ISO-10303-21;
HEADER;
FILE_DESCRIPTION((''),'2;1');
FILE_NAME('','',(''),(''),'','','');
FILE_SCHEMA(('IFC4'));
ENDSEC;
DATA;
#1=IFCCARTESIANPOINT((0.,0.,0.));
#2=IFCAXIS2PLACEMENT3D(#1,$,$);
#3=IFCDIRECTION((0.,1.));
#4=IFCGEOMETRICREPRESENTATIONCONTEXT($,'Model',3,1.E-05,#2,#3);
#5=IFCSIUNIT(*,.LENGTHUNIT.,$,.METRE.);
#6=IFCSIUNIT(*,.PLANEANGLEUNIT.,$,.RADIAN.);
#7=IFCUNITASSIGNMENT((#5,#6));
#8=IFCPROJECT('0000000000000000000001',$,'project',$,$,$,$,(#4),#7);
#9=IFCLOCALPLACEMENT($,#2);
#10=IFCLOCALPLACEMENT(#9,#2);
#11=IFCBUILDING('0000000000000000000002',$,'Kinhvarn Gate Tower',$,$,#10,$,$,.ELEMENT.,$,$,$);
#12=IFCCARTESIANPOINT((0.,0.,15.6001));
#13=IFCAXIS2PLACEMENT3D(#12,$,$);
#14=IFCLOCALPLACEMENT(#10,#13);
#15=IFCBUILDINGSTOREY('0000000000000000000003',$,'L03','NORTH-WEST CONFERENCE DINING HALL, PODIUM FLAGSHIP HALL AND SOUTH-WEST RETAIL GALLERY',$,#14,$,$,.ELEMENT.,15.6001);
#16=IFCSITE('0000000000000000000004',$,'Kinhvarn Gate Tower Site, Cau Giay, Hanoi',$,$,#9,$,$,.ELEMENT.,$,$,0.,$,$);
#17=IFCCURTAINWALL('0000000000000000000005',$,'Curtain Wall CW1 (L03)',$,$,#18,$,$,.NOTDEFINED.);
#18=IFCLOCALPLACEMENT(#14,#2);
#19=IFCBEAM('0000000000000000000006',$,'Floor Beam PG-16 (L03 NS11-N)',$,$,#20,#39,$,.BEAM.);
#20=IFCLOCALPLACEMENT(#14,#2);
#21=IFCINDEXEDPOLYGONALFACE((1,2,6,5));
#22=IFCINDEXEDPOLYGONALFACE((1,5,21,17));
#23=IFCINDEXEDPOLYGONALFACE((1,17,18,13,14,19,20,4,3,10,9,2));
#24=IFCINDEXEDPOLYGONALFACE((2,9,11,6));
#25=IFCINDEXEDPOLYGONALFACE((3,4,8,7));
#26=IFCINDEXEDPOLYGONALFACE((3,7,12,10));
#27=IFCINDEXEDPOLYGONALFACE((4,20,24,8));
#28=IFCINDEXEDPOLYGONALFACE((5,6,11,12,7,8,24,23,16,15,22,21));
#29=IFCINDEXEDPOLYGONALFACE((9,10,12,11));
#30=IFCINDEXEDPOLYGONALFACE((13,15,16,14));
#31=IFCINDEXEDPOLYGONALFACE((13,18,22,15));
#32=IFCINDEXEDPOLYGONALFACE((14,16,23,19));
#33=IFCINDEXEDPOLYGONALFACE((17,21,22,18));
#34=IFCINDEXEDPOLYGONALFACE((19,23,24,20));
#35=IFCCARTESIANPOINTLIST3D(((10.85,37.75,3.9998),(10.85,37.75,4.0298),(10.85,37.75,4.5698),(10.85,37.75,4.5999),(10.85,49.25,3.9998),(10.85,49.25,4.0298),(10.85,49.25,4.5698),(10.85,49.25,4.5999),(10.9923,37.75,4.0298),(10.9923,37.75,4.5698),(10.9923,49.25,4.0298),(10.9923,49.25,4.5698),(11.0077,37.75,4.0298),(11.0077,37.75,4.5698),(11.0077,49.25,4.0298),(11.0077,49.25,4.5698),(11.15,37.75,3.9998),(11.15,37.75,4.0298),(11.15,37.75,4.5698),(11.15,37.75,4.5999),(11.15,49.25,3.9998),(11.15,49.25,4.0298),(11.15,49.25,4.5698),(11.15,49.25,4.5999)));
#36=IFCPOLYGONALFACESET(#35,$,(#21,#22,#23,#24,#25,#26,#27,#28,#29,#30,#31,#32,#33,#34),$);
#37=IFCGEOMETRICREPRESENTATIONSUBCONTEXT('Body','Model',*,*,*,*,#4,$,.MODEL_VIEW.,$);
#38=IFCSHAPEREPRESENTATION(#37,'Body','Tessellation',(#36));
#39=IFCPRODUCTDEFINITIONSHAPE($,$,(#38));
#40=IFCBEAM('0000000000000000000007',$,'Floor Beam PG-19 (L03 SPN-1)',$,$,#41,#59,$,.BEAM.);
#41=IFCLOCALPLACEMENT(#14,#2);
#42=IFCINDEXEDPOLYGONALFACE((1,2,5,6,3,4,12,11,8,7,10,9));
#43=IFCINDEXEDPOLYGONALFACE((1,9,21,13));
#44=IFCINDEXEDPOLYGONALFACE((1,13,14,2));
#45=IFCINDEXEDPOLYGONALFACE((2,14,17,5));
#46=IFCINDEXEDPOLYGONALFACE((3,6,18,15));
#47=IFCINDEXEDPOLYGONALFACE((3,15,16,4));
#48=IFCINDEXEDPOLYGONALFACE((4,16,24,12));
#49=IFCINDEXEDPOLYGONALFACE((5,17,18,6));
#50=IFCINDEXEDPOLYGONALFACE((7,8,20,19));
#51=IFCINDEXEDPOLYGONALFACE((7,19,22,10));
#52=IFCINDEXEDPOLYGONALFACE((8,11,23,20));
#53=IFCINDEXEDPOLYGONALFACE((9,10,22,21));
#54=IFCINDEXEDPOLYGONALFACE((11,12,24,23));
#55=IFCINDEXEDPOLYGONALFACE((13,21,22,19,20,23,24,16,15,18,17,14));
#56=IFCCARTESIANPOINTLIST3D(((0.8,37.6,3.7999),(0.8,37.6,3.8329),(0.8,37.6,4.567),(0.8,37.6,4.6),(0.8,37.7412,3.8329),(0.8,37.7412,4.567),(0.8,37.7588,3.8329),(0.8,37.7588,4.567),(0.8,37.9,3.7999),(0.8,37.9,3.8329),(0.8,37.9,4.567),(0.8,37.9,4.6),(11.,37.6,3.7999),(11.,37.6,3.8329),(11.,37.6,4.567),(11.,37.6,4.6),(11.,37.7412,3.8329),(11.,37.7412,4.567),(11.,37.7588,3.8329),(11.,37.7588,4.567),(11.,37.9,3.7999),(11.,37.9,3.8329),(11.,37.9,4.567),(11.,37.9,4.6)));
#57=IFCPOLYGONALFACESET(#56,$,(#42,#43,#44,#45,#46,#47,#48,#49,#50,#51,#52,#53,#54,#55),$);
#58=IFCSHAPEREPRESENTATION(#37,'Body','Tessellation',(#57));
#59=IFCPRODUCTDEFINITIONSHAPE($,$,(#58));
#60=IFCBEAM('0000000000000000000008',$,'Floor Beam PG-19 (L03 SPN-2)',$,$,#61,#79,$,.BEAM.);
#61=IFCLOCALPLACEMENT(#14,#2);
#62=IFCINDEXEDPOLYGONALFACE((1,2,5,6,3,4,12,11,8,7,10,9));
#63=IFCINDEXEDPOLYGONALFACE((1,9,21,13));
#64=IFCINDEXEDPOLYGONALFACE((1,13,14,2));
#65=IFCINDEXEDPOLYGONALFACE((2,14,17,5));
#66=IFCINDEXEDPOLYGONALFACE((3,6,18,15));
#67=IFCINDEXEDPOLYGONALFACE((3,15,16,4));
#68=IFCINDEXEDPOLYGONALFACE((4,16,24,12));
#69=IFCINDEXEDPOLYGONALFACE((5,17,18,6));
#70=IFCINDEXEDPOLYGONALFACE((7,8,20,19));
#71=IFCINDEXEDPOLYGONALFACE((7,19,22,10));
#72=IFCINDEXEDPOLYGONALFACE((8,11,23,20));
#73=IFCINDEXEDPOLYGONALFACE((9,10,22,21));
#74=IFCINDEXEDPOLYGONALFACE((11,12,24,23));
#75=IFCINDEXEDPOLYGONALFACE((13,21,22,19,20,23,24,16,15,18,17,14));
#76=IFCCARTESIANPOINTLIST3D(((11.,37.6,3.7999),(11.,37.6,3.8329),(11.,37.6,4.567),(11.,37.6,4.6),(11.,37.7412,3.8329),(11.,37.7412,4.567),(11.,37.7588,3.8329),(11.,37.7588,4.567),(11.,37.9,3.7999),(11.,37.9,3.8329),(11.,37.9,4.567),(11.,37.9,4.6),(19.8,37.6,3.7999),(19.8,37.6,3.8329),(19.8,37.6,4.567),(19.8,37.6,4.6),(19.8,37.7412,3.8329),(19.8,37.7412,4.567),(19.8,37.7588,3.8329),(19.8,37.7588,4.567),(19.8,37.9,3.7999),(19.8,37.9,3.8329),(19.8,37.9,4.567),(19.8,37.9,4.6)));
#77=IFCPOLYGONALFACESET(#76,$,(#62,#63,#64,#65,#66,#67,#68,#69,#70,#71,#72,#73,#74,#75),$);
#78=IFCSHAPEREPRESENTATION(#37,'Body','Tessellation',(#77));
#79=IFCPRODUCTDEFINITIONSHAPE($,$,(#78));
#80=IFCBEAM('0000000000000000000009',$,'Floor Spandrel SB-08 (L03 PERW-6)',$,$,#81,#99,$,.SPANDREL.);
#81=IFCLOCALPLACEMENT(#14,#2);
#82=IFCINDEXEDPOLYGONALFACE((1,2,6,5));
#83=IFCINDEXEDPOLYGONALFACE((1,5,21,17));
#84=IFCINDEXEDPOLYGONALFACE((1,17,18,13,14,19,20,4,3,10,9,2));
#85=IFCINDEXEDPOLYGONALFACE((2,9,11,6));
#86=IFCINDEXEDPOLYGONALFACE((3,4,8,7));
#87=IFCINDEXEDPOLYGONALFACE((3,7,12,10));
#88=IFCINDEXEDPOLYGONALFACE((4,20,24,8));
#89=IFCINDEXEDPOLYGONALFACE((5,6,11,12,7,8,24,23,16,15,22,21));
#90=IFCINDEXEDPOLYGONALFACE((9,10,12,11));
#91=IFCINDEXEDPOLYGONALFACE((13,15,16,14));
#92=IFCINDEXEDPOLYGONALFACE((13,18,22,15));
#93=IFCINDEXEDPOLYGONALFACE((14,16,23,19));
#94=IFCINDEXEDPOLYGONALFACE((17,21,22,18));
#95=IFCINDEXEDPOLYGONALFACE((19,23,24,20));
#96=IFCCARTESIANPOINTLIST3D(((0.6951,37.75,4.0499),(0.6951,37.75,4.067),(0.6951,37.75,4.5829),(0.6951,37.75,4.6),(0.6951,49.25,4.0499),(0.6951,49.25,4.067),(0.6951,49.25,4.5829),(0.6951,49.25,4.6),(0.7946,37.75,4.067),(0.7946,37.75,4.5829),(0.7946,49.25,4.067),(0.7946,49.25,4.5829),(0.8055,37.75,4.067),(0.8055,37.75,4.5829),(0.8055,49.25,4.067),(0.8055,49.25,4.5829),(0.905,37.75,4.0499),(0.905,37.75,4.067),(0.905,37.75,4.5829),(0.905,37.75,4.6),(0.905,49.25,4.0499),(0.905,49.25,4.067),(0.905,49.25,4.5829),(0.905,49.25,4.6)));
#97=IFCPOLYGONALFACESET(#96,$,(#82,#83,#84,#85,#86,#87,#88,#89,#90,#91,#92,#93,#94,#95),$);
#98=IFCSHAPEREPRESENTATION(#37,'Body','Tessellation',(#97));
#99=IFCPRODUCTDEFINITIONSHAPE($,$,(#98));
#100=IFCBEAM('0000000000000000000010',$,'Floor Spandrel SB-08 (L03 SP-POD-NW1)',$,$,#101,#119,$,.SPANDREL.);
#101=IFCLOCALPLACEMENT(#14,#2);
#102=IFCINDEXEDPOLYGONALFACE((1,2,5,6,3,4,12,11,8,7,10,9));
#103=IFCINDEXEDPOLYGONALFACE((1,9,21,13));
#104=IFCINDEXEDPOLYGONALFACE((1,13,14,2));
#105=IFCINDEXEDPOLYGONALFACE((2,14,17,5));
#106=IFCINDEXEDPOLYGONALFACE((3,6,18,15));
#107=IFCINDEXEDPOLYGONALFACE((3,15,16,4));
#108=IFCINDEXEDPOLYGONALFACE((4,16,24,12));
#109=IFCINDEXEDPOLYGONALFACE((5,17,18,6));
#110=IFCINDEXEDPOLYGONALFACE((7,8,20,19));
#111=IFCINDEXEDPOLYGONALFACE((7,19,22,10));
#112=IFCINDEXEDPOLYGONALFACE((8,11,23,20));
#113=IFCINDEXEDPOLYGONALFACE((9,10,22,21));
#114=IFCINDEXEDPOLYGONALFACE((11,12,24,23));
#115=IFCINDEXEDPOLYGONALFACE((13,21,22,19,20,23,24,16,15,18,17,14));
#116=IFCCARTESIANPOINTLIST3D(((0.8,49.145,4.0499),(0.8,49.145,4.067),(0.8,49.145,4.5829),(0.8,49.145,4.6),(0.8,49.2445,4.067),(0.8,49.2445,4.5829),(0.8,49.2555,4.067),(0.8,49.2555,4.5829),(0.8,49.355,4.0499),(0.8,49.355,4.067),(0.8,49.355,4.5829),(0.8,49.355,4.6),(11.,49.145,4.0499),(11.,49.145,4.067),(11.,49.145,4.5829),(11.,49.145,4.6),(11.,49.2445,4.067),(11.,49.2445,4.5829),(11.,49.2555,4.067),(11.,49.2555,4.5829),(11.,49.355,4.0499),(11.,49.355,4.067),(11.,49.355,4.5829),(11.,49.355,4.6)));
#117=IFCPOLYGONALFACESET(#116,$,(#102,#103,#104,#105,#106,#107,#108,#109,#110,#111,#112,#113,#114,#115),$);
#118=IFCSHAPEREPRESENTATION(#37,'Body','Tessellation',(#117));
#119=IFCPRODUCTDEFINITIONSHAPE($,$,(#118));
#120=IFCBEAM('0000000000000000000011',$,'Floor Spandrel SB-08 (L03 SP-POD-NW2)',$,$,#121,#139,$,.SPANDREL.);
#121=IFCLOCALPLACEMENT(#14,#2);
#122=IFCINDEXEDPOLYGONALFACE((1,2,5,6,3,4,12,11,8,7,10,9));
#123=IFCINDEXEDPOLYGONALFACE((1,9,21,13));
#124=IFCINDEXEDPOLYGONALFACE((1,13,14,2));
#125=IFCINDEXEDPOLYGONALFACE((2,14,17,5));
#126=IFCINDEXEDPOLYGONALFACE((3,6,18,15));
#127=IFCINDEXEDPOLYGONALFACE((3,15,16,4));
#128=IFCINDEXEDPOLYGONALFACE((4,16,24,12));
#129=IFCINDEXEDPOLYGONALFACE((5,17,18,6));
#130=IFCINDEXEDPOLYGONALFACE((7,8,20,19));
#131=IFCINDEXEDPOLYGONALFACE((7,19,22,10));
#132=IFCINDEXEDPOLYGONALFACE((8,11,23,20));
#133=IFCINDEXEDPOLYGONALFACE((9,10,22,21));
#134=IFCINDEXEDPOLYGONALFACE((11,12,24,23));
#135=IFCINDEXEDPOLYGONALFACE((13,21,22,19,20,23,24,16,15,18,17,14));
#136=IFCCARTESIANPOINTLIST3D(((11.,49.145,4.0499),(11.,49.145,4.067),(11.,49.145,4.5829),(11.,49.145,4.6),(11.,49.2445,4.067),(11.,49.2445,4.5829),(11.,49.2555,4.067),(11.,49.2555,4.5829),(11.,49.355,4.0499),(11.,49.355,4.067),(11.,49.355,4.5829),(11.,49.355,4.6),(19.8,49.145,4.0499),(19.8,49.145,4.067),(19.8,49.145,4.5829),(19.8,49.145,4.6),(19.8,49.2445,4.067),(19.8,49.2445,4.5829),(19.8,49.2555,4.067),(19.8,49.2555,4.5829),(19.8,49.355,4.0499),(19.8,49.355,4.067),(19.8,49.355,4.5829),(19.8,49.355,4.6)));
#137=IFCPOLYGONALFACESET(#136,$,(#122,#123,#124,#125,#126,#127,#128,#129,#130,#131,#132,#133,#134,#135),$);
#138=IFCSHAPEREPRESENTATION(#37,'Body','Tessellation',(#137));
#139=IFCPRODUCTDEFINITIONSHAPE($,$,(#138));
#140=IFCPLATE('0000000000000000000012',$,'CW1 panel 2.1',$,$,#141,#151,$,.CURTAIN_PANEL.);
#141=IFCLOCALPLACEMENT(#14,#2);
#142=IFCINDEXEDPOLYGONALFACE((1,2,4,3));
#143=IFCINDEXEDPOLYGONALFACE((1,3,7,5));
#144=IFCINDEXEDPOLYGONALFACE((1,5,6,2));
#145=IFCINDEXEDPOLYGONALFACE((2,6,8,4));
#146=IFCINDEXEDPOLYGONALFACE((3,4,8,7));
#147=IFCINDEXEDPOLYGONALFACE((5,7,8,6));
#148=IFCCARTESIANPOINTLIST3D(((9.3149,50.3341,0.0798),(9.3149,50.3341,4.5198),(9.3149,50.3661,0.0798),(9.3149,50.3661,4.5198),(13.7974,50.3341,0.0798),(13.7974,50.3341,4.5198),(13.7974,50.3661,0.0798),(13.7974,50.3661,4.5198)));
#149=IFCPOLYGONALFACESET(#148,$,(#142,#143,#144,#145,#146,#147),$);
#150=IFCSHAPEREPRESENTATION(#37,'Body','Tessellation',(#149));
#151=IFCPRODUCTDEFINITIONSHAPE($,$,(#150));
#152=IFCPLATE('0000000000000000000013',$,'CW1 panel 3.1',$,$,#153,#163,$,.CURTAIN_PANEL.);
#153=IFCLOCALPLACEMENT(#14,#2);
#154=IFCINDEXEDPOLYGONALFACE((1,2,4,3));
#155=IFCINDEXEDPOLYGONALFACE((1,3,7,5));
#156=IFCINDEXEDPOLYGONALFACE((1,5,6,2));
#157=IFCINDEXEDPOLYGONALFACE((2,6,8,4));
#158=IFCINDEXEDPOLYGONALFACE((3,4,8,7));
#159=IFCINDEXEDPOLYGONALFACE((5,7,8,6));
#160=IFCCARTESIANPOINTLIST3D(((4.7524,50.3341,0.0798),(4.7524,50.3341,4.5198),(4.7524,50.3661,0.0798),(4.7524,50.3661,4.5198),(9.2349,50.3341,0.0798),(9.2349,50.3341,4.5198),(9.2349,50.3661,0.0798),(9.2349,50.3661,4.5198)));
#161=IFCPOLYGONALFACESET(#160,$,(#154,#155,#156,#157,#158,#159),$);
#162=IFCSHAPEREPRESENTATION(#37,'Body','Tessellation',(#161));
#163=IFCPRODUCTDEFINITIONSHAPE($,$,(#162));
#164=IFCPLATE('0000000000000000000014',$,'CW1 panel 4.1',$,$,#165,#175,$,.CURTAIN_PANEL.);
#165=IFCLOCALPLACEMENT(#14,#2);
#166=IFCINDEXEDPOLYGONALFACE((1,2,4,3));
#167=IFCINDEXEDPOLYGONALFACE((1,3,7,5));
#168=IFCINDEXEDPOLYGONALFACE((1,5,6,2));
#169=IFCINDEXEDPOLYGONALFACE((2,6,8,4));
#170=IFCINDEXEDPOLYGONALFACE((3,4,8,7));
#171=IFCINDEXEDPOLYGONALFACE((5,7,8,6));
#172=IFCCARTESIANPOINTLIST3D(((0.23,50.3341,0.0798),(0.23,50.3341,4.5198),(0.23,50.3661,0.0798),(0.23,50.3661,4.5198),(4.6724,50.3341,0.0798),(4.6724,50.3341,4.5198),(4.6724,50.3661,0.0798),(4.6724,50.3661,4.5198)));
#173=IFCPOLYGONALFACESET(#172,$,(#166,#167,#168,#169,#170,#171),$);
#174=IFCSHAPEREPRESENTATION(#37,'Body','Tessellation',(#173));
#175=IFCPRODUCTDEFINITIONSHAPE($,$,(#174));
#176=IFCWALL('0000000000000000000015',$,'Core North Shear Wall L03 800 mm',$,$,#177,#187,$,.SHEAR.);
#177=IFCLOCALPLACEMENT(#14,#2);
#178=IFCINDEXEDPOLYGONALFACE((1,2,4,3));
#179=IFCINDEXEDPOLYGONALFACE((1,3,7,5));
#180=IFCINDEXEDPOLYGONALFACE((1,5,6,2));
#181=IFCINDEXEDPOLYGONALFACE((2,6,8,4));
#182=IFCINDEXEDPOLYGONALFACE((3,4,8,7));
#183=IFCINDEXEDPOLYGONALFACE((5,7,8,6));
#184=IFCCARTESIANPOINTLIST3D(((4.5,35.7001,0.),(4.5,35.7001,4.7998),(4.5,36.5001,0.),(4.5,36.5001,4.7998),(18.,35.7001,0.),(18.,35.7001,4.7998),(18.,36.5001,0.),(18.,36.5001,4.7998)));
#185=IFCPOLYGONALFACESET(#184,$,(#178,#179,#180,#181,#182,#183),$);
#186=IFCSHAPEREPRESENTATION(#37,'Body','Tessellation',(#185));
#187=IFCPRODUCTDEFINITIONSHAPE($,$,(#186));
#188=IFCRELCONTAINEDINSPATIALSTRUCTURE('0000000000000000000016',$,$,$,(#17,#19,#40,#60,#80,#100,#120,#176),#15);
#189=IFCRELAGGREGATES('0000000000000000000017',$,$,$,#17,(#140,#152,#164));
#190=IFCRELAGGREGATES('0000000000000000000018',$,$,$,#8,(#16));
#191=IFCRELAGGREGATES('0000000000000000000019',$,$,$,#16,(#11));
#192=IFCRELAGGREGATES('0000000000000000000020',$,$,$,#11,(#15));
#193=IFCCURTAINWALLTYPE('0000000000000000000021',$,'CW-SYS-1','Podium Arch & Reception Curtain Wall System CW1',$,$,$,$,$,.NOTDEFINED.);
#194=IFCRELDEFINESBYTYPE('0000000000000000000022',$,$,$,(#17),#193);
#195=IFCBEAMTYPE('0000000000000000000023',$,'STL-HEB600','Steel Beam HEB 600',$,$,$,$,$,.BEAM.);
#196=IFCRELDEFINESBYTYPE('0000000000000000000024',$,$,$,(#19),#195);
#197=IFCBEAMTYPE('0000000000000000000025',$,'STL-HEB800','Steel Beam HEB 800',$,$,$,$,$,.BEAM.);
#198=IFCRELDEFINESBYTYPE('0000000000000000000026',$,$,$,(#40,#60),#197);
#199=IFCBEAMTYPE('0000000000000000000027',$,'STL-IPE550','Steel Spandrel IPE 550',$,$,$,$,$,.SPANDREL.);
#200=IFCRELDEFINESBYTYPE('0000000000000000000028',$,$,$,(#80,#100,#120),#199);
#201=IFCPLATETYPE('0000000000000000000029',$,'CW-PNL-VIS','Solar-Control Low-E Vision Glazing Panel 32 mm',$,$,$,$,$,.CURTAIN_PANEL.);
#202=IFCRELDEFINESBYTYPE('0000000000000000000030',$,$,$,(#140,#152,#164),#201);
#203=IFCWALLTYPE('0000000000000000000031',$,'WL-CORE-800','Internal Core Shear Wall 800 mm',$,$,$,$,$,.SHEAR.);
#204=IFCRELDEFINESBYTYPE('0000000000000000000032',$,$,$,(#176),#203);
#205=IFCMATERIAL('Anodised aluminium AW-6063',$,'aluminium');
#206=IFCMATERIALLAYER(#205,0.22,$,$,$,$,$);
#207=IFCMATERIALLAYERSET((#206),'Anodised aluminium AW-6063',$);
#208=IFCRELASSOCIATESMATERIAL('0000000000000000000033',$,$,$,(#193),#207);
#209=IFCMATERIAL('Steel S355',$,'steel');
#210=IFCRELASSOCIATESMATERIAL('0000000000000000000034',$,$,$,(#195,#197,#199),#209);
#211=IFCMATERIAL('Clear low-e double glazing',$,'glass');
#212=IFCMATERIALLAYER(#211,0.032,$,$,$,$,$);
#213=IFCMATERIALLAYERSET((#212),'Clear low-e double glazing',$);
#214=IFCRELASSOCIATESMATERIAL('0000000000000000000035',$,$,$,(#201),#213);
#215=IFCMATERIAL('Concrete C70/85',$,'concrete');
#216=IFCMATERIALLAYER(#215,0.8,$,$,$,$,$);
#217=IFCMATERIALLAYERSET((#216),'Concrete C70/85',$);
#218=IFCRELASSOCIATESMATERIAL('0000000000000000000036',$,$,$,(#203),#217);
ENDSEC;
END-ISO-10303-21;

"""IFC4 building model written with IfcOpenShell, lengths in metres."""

from ifc_helpers import new_model, si_unit, direction, frame, frame_2d, origin, origin_2d, place, context, subcontext, project, spatial, rectangle, i_section, extrude, material, layer, layer_set, material_profile, profile_set, type_object, element, aggregate, save


model = new_model("IFC4")

# Units and contexts
model_context = context("Model", 3, precision=1e-05, world=origin(), true_north=direction((0.0, 1.0)))
body_context = subcontext(model_context, "Body", "Model", "MODEL_VIEW")
ifc_project = project(units=[si_unit("LENGTHUNIT", "METRE"), si_unit("PLANEANGLEUNIT", "RADIAN")], contexts=[model_context])

# Site, building, storey
site_placement = place(None, origin())
site = spatial("IfcSite", under=ifc_project, at=site_placement, Name="Kinhvarn Gate Tower Site, Cau Giay, Hanoi", CompositionType="ELEMENT", RefElevation=0.0)
building_placement = place(site_placement, origin())
building = spatial("IfcBuilding", under=site, at=building_placement, Name="Kinhvarn Gate Tower", CompositionType="ELEMENT")
storey_placement = place(building_placement, frame((0.0, 0.0, 15.6001)))
storey = spatial("IfcBuildingStorey", under=building, at=storey_placement, Name="L03", Description="NORTH-WEST CONFERENCE DINING HALL, PODIUM FLAGSHIP HALL AND SOUTH-WEST RETAIL GALLERY", CompositionType="ELEMENT", Elevation=15.6001)

# Shared definitions
ifc_material_1 = material(Name="Concrete C70/85", Category="concrete")

# Curtain wall
ifc_material_2 = material(Name="Anodised aluminium AW-6063", Category="aluminium")
ifc_layer_1 = layer(ifc_material_2, 0.22)
ifc_layer_set_1 = layer_set([ifc_layer_1], Name="Anodised aluminium AW-6063")
curtain_wall_type = type_object("IfcCurtainWallType", Name="CW-SYS-1", Description="Podium Arch & Reception Curtain Wall System CW1", PredefinedType="NOTDEFINED", material=ifc_layer_set_1)
curtain_wall_placement = place(storey_placement, origin())
curtain_wall = element("IfcCurtainWall", 1, at=curtain_wall_placement, inside=storey, type_object=curtain_wall_type, Name="Curtain Wall CW1 (L03)", PredefinedType="NOTDEFINED")

# Beams
ifc_material_3 = material(Name="Steel S355", Category="steel")
ifc_material_profile_1 = material_profile(ifc_material_3, i_section(OverallWidth=0.3, OverallDepth=0.6001, WebThickness=0.0154, FlangeThickness=0.03, at=origin_2d()), Name="HEB 600")
ifc_profile_set_1 = profile_set([ifc_material_profile_1], Name="Steel S355")
beam_type_1 = type_object("IfcBeamType", Name="STL-HEB600", Description="Steel Beam HEB 600", PredefinedType="BEAM", material=ifc_profile_set_1)
beam_1_placement = place(storey_placement, frame((11.0, 37.75, 4.2998), z_axis=(0.0, 1.0, 0.0), x_axis=(-1.0, 0.0, 0.0)))
element("IfcBeam", 2, at=beam_1_placement, inside=storey, type_object=beam_type_1, Name="Floor Beam PG-16 (L03 NS11-N)", PredefinedType="BEAM", context=body_context, shape_type="SweptSolid", body=[
    extrude(i_section(OverallWidth=0.3, OverallDepth=0.6001, WebThickness=0.0154, FlangeThickness=0.03, at=origin_2d()), origin(), (0.0, 0.0, 1.0), 11.5),
])
ifc_material_profile_2 = material_profile(ifc_material_3, i_section(OverallWidth=0.3, OverallDepth=0.8, WebThickness=0.0176, FlangeThickness=0.033, at=origin_2d()), Name="HEB 800")
ifc_profile_set_2 = profile_set([ifc_material_profile_2], Name="Steel S355")
beam_type_2 = type_object("IfcBeamType", Name="STL-HEB800", Description="Steel Beam HEB 800", PredefinedType="BEAM", material=ifc_profile_set_2)
beam_2_placement = place(storey_placement, frame((0.8, 37.75, 4.2), z_axis=(1.0, 0.0, 0.0), x_axis=(0.0, 1.0, 0.0)))
element("IfcBeam", 3, at=beam_2_placement, inside=storey, type_object=beam_type_2, Name="Floor Beam PG-19 (L03 SPN-1)", PredefinedType="BEAM", context=body_context, shape_type="SweptSolid", body=[
    extrude(i_section(OverallWidth=0.3, OverallDepth=0.8, WebThickness=0.0176, FlangeThickness=0.033, at=origin_2d()), origin(), (0.0, 0.0, 1.0), 10.2),
])
beam_3_placement = place(storey_placement, frame((11.0, 37.75, 4.2), z_axis=(1.0, 0.0, 0.0), x_axis=(0.0, 1.0, 0.0)))
element("IfcBeam", 4, at=beam_3_placement, inside=storey, type_object=beam_type_2, Name="Floor Beam PG-19 (L03 SPN-2)", PredefinedType="BEAM", context=body_context, shape_type="SweptSolid", body=[
    extrude(i_section(OverallWidth=0.3, OverallDepth=0.8, WebThickness=0.0176, FlangeThickness=0.033, at=origin_2d()), origin(), (0.0, 0.0, 1.0), 8.8),
])
ifc_material_profile_3 = material_profile(ifc_material_3, i_section(OverallWidth=0.21, OverallDepth=0.55, WebThickness=0.011, FlangeThickness=0.0171, at=origin_2d()), Name="IPE 550")
ifc_profile_set_3 = profile_set([ifc_material_profile_3], Name="Steel S355")
beam_type_3 = type_object("IfcBeamType", Name="STL-IPE550", Description="Steel Spandrel IPE 550", PredefinedType="SPANDREL", material=ifc_profile_set_3)
beam_4_placement = place(storey_placement, frame((0.8, 37.75, 4.325), z_axis=(0.0, 1.0, 0.0), x_axis=(-1.0, 0.0, 0.0)))
element("IfcBeam", 5, at=beam_4_placement, inside=storey, type_object=beam_type_3, Name="Floor Spandrel SB-08 (L03 PERW-6)", PredefinedType="SPANDREL", context=body_context, shape_type="SweptSolid", body=[
    extrude(i_section(OverallWidth=0.21, OverallDepth=0.55, WebThickness=0.011, FlangeThickness=0.0171, at=origin_2d()), origin(), (0.0, 0.0, 1.0), 11.5),
])
beam_5_placement = place(storey_placement, frame((0.8, 49.25, 4.325), z_axis=(1.0, 0.0, 0.0), x_axis=(0.0, 1.0, 0.0)))
element("IfcBeam", 6, at=beam_5_placement, inside=storey, type_object=beam_type_3, Name="Floor Spandrel SB-08 (L03 SP-POD-NW1)", PredefinedType="SPANDREL", context=body_context, shape_type="SweptSolid", body=[
    extrude(i_section(OverallWidth=0.21, OverallDepth=0.55, WebThickness=0.011, FlangeThickness=0.0171, at=origin_2d()), origin(), (0.0, 0.0, 1.0), 10.2),
])
beam_6_placement = place(storey_placement, frame((11.0, 49.25, 4.325), z_axis=(1.0, 0.0, 0.0), x_axis=(0.0, 1.0, 0.0)))
element("IfcBeam", 7, at=beam_6_placement, inside=storey, type_object=beam_type_3, Name="Floor Spandrel SB-08 (L03 SP-POD-NW2)", PredefinedType="SPANDREL", context=body_context, shape_type="SweptSolid", body=[
    extrude(i_section(OverallWidth=0.21, OverallDepth=0.55, WebThickness=0.011, FlangeThickness=0.0171, at=origin_2d()), origin(), (0.0, 0.0, 1.0), 8.8),
])

# Plates
ifc_material_4 = material(Name="Clear low-e double glazing", Category="glass")
ifc_layer_2 = layer(ifc_material_4, 0.032)
ifc_layer_set_2 = layer_set([ifc_layer_2], Name="Clear low-e double glazing")
plate_type = type_object("IfcPlateType", Name="CW-PNL-VIS", Description="Solar-Control Low-E Vision Glazing Panel 32 mm", PredefinedType="CURTAIN_PANEL", material=ifc_layer_set_2)
plate_1_placement = place(storey_placement, frame((11.5562, 50.3501, 0.0798), z_axis=(0.0, 0.0, 1.0), x_axis=(-1.0, 0.0, 0.0)))
plate_1 = element("IfcPlate", 8, at=plate_1_placement, type_object=plate_type, Name="CW1 panel 2.1", PredefinedType="CURTAIN_PANEL", context=body_context, shape_type="SweptSolid", body=[
    extrude(rectangle(XDim=4.4824, YDim=0.032, at=origin_2d()), origin(), (0.0, 0.0, 1.0), 4.4399),
])
plate_2_placement = place(storey_placement, frame((6.9937, 50.3501, 0.0798), z_axis=(0.0, 0.0, 1.0), x_axis=(-1.0, 0.0, 0.0)))
plate_2 = element("IfcPlate", 9, at=plate_2_placement, type_object=plate_type, Name="CW1 panel 3.1", PredefinedType="CURTAIN_PANEL", context=body_context, shape_type="SweptSolid", body=[
    extrude(rectangle(XDim=4.4824, YDim=0.032, at=origin_2d()), origin(), (0.0, 0.0, 1.0), 4.4399),
])
plate_3_placement = place(storey_placement, frame((2.4512, 50.3501, 0.0798), z_axis=(0.0, 0.0, 1.0), x_axis=(-1.0, 0.0, 0.0)))
plate_3 = element("IfcPlate", 10, at=plate_3_placement, type_object=plate_type, Name="CW1 panel 4.1", PredefinedType="CURTAIN_PANEL", context=body_context, shape_type="SweptSolid", body=[
    extrude(rectangle(XDim=4.4424, YDim=0.032, at=origin_2d()), origin(), (0.0, 0.0, 1.0), 4.4399),
])
aggregate(curtain_wall, [plate_1, plate_2, plate_3])

# Wall
ifc_layer_3 = layer(ifc_material_1, 0.8)
ifc_layer_set_3 = layer_set([ifc_layer_3], Name="Concrete C70/85")
wall_type_1 = type_object("IfcWallType", Name="WL-CORE-800", Description="Internal Core Shear Wall 800 mm", PredefinedType="SHEAR", material=ifc_layer_set_3)
wall_1_placement = place(storey_placement, frame((4.5, 36.1001, 0.0), z_axis=(0.0, 0.0, 1.0), x_axis=(1.0, 0.0, 0.0)))
element("IfcWall", 11, at=wall_1_placement, inside=storey, type_object=wall_type_1, Name="Core North Shear Wall L03 800 mm", PredefinedType="SHEAR", context=body_context, shape_type="SweptSolid", body=[
    extrude(rectangle(XDim=13.5, YDim=0.8, at=frame_2d((6.75, 0.0))), origin(), (0.0, 0.0, 1.0), 4.7998),
])

save(model, "model.ifc")
